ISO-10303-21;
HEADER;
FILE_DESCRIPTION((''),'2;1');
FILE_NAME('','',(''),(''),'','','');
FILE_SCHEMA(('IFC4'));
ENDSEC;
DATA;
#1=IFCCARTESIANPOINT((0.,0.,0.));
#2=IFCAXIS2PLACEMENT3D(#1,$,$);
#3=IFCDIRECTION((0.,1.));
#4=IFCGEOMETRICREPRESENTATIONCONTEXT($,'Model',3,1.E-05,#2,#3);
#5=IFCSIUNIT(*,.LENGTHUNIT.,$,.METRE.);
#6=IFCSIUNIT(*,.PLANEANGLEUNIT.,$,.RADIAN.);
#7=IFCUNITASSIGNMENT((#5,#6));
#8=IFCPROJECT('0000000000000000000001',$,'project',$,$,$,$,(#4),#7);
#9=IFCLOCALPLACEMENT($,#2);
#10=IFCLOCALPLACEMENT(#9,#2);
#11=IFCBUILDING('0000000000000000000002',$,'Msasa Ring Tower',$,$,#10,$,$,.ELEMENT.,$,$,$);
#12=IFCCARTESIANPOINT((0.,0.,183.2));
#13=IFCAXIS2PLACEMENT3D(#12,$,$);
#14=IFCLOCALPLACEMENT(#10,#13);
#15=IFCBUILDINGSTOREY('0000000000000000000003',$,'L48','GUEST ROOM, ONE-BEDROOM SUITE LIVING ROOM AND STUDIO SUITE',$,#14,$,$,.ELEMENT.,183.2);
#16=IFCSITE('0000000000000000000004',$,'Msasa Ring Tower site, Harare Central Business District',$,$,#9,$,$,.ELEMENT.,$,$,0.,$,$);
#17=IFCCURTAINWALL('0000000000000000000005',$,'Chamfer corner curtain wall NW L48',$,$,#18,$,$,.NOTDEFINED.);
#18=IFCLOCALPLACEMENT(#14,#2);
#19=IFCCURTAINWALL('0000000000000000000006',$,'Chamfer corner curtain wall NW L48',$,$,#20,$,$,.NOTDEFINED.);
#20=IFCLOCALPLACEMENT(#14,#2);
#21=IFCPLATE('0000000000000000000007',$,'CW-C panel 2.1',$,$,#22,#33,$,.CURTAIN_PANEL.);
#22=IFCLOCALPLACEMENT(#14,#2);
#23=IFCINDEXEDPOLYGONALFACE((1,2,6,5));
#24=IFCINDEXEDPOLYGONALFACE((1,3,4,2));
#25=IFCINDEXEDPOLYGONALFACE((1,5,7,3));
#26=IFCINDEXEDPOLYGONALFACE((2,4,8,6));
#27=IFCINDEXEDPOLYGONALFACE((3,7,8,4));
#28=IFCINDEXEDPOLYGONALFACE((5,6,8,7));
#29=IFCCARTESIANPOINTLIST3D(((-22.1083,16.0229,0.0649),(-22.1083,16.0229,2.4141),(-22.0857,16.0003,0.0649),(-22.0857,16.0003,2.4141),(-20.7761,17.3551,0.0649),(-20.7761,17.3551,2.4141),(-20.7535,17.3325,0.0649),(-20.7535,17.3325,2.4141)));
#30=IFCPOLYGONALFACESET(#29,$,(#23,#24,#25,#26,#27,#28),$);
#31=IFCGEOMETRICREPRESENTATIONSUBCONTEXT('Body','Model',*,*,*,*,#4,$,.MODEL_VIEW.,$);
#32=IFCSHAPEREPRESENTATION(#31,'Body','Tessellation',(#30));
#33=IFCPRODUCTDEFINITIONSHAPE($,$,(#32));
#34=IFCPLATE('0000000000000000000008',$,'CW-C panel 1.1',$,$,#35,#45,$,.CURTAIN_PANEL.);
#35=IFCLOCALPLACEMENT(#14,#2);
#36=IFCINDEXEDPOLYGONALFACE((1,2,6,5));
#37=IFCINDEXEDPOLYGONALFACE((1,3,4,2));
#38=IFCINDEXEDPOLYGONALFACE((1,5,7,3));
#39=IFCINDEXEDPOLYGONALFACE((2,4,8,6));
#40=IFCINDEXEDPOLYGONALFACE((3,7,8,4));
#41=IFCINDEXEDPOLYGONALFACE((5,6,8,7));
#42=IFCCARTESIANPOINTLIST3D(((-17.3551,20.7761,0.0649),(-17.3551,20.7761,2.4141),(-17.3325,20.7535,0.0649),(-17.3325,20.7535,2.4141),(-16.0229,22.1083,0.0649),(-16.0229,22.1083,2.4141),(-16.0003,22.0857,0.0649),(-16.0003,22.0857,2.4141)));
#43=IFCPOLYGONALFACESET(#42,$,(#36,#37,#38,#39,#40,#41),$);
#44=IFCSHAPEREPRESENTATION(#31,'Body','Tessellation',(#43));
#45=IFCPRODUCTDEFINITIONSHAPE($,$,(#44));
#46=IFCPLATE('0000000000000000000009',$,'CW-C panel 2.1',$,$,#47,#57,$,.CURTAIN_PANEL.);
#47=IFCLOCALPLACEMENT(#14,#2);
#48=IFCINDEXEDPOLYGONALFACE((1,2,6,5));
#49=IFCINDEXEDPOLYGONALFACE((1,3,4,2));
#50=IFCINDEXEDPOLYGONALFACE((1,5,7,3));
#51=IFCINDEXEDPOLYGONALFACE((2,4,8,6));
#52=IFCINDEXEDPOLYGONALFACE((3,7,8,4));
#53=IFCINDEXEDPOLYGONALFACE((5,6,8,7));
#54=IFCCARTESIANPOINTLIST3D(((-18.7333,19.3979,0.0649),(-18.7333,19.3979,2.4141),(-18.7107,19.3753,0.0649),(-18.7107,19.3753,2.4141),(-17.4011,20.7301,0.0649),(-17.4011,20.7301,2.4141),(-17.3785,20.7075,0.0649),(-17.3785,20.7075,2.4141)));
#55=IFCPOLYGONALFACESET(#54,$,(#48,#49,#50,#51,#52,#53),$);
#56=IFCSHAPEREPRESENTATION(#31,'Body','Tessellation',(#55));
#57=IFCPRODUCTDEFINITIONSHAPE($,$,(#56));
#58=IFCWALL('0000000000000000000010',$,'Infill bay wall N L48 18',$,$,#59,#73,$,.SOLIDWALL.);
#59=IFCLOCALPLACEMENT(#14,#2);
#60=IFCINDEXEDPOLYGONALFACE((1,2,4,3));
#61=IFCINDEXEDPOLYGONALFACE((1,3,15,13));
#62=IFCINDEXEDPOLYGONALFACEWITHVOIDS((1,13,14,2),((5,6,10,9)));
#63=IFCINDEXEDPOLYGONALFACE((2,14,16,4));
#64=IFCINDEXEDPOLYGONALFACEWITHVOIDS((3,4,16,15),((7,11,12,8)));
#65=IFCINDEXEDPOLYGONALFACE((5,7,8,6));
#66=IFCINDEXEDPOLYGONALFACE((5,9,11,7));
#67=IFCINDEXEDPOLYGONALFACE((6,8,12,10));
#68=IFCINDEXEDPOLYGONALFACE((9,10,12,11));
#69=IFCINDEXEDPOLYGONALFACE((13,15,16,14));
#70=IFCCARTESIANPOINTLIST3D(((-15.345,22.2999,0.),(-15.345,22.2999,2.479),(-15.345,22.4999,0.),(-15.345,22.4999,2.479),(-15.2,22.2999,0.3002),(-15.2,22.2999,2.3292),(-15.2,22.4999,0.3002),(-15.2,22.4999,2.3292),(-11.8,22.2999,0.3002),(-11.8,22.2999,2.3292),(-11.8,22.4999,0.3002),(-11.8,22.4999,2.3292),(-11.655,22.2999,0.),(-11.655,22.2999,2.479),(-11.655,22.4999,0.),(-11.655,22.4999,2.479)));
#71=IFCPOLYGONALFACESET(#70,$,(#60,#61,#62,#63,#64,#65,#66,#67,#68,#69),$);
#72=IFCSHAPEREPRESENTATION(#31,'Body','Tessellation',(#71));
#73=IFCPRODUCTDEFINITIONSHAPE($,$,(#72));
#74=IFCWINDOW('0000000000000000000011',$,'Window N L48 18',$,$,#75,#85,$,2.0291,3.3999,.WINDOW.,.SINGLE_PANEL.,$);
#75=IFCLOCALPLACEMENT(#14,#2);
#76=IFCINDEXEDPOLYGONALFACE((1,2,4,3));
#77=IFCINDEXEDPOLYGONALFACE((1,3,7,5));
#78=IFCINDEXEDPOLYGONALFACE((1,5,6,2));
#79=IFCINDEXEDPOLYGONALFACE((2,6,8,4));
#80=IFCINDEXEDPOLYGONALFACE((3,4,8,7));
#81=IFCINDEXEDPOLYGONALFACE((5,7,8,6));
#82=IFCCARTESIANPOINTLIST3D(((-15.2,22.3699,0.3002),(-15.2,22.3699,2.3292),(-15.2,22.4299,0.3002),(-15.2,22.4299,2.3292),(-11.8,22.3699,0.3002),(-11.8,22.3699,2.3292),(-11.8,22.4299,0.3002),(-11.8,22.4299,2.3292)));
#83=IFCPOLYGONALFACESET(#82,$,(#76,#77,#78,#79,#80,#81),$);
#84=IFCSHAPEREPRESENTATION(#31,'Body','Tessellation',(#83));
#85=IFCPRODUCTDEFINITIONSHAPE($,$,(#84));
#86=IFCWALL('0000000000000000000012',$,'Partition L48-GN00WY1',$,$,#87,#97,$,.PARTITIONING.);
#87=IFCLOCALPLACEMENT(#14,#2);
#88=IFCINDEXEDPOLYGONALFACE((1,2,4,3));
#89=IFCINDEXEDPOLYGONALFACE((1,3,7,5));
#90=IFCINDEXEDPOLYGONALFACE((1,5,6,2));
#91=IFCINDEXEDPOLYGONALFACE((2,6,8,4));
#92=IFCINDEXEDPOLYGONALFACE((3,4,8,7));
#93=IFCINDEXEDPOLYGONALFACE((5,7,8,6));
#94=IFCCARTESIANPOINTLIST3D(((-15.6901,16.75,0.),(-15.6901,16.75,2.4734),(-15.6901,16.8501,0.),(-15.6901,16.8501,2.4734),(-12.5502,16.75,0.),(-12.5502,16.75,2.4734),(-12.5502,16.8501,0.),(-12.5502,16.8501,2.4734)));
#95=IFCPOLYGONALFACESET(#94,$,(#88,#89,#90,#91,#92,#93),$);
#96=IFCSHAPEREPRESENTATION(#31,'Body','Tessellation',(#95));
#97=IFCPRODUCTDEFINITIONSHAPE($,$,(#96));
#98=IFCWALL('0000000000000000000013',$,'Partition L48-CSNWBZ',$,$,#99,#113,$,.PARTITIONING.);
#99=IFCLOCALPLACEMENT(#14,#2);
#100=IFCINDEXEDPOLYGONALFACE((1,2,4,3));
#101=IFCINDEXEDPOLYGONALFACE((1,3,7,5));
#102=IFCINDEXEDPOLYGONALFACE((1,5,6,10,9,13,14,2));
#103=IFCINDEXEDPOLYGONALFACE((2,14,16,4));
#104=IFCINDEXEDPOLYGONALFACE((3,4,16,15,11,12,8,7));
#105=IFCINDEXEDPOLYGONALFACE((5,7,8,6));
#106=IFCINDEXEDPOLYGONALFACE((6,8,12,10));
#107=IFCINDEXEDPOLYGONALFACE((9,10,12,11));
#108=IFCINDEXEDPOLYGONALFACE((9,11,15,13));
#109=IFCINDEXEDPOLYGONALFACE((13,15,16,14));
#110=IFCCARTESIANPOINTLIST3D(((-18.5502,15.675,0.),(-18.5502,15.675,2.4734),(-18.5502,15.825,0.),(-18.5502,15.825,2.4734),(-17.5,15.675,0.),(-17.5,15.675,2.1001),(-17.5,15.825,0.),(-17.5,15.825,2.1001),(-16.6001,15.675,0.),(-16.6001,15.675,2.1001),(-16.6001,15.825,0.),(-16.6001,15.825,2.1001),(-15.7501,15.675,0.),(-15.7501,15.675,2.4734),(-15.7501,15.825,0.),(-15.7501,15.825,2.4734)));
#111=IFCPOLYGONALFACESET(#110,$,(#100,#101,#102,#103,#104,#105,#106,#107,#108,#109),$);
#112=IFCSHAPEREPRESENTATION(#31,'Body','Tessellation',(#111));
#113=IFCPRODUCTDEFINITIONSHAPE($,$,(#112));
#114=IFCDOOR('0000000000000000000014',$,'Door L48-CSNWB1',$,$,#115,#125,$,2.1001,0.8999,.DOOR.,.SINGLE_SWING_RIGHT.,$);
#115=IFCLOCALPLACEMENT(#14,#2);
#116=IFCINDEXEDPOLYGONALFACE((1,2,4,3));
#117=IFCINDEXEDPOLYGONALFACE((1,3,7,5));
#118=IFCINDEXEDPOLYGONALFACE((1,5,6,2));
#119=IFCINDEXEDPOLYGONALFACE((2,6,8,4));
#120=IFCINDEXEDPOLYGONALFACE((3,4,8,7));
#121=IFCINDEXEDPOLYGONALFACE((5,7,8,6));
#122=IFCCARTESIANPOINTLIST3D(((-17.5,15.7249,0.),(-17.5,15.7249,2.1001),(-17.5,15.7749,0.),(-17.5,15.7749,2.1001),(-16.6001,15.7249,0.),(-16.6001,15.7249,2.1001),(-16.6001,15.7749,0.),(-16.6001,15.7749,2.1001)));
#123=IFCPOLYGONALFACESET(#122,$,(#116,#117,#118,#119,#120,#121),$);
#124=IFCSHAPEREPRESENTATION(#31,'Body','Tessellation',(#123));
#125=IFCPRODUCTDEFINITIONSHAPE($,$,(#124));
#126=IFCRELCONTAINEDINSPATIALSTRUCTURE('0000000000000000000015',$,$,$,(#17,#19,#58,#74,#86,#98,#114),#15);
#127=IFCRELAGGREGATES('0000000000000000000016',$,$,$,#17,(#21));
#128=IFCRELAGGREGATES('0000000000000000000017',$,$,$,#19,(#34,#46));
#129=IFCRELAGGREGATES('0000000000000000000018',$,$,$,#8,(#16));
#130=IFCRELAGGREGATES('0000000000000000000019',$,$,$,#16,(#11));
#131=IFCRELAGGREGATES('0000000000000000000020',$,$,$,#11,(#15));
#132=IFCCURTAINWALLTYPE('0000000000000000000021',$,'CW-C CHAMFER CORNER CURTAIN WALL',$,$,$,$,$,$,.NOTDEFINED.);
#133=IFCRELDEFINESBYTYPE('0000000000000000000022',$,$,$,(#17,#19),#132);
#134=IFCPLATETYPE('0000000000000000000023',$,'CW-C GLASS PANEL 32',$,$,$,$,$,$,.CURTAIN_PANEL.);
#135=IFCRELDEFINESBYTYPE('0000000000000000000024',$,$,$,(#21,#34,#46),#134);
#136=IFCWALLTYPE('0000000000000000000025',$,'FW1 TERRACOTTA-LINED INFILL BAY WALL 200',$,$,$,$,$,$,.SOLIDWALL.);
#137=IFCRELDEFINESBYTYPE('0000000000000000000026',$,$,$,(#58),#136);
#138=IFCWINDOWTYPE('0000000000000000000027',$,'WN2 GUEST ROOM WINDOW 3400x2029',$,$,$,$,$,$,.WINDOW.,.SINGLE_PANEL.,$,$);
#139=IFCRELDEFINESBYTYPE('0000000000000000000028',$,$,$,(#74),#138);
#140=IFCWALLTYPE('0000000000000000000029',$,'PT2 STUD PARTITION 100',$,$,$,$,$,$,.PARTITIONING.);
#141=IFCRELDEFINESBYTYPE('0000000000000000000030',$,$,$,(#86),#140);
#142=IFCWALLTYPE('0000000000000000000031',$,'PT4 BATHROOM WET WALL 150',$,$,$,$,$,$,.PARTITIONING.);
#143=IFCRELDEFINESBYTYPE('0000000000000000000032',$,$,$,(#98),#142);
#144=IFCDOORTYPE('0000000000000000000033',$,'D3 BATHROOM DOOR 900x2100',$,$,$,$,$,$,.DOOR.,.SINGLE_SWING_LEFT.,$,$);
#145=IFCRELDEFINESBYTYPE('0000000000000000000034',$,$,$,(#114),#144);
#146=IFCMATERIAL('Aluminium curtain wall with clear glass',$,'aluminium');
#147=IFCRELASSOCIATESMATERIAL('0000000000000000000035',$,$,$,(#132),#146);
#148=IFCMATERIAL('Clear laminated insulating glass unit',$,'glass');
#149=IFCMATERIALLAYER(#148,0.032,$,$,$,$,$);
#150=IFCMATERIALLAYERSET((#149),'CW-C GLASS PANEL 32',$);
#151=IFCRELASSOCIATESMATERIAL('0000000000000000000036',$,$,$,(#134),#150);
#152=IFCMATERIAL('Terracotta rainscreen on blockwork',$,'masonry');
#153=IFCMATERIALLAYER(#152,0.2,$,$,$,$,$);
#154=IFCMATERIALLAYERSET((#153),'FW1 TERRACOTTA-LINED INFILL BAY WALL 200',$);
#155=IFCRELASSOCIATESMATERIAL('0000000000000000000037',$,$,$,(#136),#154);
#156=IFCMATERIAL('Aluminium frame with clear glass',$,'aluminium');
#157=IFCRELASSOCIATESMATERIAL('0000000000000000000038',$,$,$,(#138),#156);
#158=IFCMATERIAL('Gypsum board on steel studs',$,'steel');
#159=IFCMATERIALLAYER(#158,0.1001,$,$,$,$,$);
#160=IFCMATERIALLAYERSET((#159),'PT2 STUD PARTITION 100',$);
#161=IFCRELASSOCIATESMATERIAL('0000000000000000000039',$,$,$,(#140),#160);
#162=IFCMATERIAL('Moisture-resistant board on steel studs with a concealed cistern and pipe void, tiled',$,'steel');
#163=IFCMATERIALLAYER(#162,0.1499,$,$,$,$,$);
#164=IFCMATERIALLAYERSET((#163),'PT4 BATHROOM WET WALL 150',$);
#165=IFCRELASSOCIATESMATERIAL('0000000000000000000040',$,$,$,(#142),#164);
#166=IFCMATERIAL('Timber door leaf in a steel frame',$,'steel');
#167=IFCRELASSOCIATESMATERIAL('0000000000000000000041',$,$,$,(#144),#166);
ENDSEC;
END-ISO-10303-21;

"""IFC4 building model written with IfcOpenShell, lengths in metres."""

from ifc_helpers import new_model, si_unit, direction, frame, frame_2d, origin, origin_2d, place, context, subcontext, project, spatial, rectangle, extrude, material, layer, layer_set, type_object, element, fill, aggregate, save


model = new_model("IFC4")

# Units and contexts
model_context = context("Model", 3, precision=1e-05, world=origin(), true_north=direction((0.0, 1.0)))
body_context = subcontext(model_context, "Body", "Model", "MODEL_VIEW")
ifc_project = project(units=[si_unit("LENGTHUNIT", "METRE"), si_unit("PLANEANGLEUNIT", "RADIAN")], contexts=[model_context])

# Site, building, storey
site_placement = place(None, origin())
site = spatial("IfcSite", under=ifc_project, at=site_placement, Name="Msasa Ring Tower site, Harare Central Business District", CompositionType="ELEMENT", RefElevation=0.0)
building_placement = place(site_placement, origin())
building = spatial("IfcBuilding", under=site, at=building_placement, Name="Msasa Ring Tower", CompositionType="ELEMENT")
storey_placement = place(building_placement, frame((0.0, 0.0, 183.2)))
storey = spatial("IfcBuildingStorey", under=building, at=storey_placement, Name="L48", Description="GUEST ROOM, ONE-BEDROOM SUITE LIVING ROOM AND STUDIO SUITE", CompositionType="ELEMENT", Elevation=183.2)

# Curtain walls
ifc_material_1 = material(Name="Aluminium curtain wall with clear glass", Category="aluminium")
curtain_wall_type = type_object("IfcCurtainWallType", Name="CW-C CHAMFER CORNER CURTAIN WALL", PredefinedType="NOTDEFINED", material=ifc_material_1)
curtain_wall_1_placement = place(storey_placement, origin())
curtain_wall_1 = element("IfcCurtainWall", 1, at=curtain_wall_1_placement, inside=storey, type_object=curtain_wall_type, Name="Chamfer corner curtain wall NW L48", PredefinedType="NOTDEFINED")
curtain_wall_2_placement = place(storey_placement, origin())
curtain_wall_2 = element("IfcCurtainWall", 2, at=curtain_wall_2_placement, inside=storey, type_object=curtain_wall_type, Name="Chamfer corner curtain wall NW L48", PredefinedType="NOTDEFINED")

# Plates
ifc_material_2 = material(Name="Clear laminated insulating glass unit", Category="glass")
ifc_layer_1 = layer(ifc_material_2, 0.032)
ifc_layer_set_1 = layer_set([ifc_layer_1], Name="CW-C GLASS PANEL 32")
plate_type = type_object("IfcPlateType", Name="CW-C GLASS PANEL 32", PredefinedType="CURTAIN_PANEL", material=ifc_layer_set_1)
plate_1_placement = place(storey_placement, frame((-21.4309, 16.6777, 0.0649), z_axis=(0.0, 0.0, 1.0), x_axis=(-0.707107, -0.707107, 0.0)))
plate_1 = element("IfcPlate", 3, at=plate_1_placement, type_object=plate_type, Name="CW-C panel 2.1", PredefinedType="CURTAIN_PANEL", context=body_context, shape_type="SweptSolid", body=[
    extrude(rectangle(XDim=1.884, YDim=0.032, at=origin_2d()), origin(), (0.0, 0.0, 1.0), 2.3491),
])
aggregate(curtain_wall_1, [plate_1])
plate_2_placement = place(storey_placement, frame((-16.6777, 21.4309, 0.0649), z_axis=(0.0, 0.0, 1.0), x_axis=(-0.707107, -0.707107, 0.0)))
plate_2 = element("IfcPlate", 4, at=plate_2_placement, type_object=plate_type, Name="CW-C panel 1.1", PredefinedType="CURTAIN_PANEL", context=body_context, shape_type="SweptSolid", body=[
    extrude(rectangle(XDim=1.884, YDim=0.032, at=origin_2d()), origin(), (0.0, 0.0, 1.0), 2.3491),
])
plate_3_placement = place(storey_placement, frame((-18.0559, 20.0527, 0.0649), z_axis=(0.0, 0.0, 1.0), x_axis=(-0.707107, -0.707107, 0.0)))
plate_3 = element("IfcPlate", 5, at=plate_3_placement, type_object=plate_type, Name="CW-C panel 2.1", PredefinedType="CURTAIN_PANEL", context=body_context, shape_type="SweptSolid", body=[
    extrude(rectangle(XDim=1.884, YDim=0.032, at=origin_2d()), origin(), (0.0, 0.0, 1.0), 2.3491),
])
aggregate(curtain_wall_2, [plate_2, plate_3])

# Wall, opening, window
ifc_material_3 = material(Name="Terracotta rainscreen on blockwork", Category="masonry")
ifc_layer_2 = layer(ifc_material_3, 0.2)
ifc_layer_set_2 = layer_set([ifc_layer_2], Name="FW1 TERRACOTTA-LINED INFILL BAY WALL 200")
wall_type_1 = type_object("IfcWallType", Name="FW1 TERRACOTTA-LINED INFILL BAY WALL 200", PredefinedType="SOLIDWALL", material=ifc_layer_set_2)
wall_1_placement = place(storey_placement, frame((-15.345, 22.3999, 0.0), z_axis=(0.0, 0.0, 1.0), x_axis=(1.0, 0.0, 0.0)))
wall_1 = element("IfcWall", 6, at=wall_1_placement, inside=storey, type_object=wall_type_1, Name="Infill bay wall N L48 18", PredefinedType="SOLIDWALL", context=body_context, shape_type="SweptSolid", body=[
    extrude(rectangle(XDim=3.6899, YDim=0.2, at=frame_2d((1.845, 0.0))), origin(), (0.0, 0.0, 1.0), 2.479),
])
opening_1_placement = place(wall_1_placement, frame((0.145, 0.0, 0.3)))
opening_1 = element("IfcOpeningElement", 7, at=opening_1_placement, cuts=wall_1, PredefinedType="OPENING", context=body_context, shape_type="SweptSolid", body=[
    extrude(rectangle(XDim=3.3999, YDim=2.0291, at=frame_2d((1.7, 1.0146))), frame((0.0, 0.1099, 0.0), z_axis=(0.0, -1.0, 0.0), x_axis=(1.0, 0.0, 0.0)), (0.0, 0.0, 1.0), 0.22),
])
ifc_material_4 = material(Name="Aluminium frame with clear glass", Category="aluminium")
window_type = type_object("IfcWindowType", Name="WN2 GUEST ROOM WINDOW 3400x2029", PartitioningType="SINGLE_PANEL", PredefinedType="WINDOW", material=ifc_material_4)
window_placement = place(opening_1_placement, origin())
window = element("IfcWindow", 8, at=window_placement, inside=storey, type_object=window_type, Name="Window N L48 18", OverallHeight=2.0291, OverallWidth=3.3999, PartitioningType="SINGLE_PANEL", PredefinedType="WINDOW", context=body_context, shape_type="SweptSolid", body=[
    extrude(rectangle(XDim=3.3999, YDim=2.0291, at=frame_2d((1.7, 1.0146))), frame((0.0, 0.03, 0.0), z_axis=(0.0, -1.0, 0.0), x_axis=(1.0, 0.0, 0.0)), (0.0, 0.0, 1.0), 0.0601),
])
fill(opening_1, window)

# Wall
ifc_material_5 = material(Name="Gypsum board on steel studs", Category="steel")
ifc_layer_3 = layer(ifc_material_5, 0.1001)
ifc_layer_set_3 = layer_set([ifc_layer_3], Name="PT2 STUD PARTITION 100")
wall_type_2 = type_object("IfcWallType", Name="PT2 STUD PARTITION 100", PredefinedType="PARTITIONING", material=ifc_layer_set_3)
wall_2_placement = place(storey_placement, frame((-15.6899, 16.8, 0.0), z_axis=(0.0, 0.0, 1.0), x_axis=(1.0, 0.0, 0.0)))
element("IfcWall", 9, at=wall_2_placement, inside=storey, type_object=wall_type_2, Name="Partition L48-GN00WY1", PredefinedType="PARTITIONING", context=body_context, shape_type="SweptSolid", body=[
    extrude(rectangle(XDim=3.1399, YDim=0.1001, at=frame_2d((1.5698, 0.0))), origin(), (0.0, 0.0, 1.0), 2.4734),
])

# Wall, opening, door
ifc_material_6 = material(Name="Moisture-resistant board on steel studs with a concealed cistern and pipe void, tiled", Category="steel")
ifc_layer_4 = layer(ifc_material_6, 0.1499)
ifc_layer_set_4 = layer_set([ifc_layer_4], Name="PT4 BATHROOM WET WALL 150")
wall_type_3 = type_object("IfcWallType", Name="PT4 BATHROOM WET WALL 150", PredefinedType="PARTITIONING", material=ifc_layer_set_4)
wall_3_placement = place(storey_placement, frame((-18.55, 15.75, 0.0), z_axis=(0.0, 0.0, 1.0), x_axis=(1.0, 0.0, 0.0)))
wall_3 = element("IfcWall", 10, at=wall_3_placement, inside=storey, type_object=wall_type_3, Name="Partition L48-CSNWBZ", PredefinedType="PARTITIONING", context=body_context, shape_type="SweptSolid", body=[
    extrude(rectangle(XDim=2.8, YDim=0.1499, at=frame_2d((1.3999, 0.0))), origin(), (0.0, 0.0, 1.0), 2.4734),
])
opening_2_placement = place(wall_3_placement, frame((1.05, 0.0, 0.0)))
opening_2 = element("IfcOpeningElement", 11, at=opening_2_placement, cuts=wall_3, PredefinedType="OPENING", context=body_context, shape_type="SweptSolid", body=[
    extrude(rectangle(XDim=0.8999, YDim=2.1001, at=frame_2d((0.45, 1.05))), frame((0.0, 0.085, 0.0), z_axis=(0.0, -1.0, 0.0), x_axis=(1.0, 0.0, 0.0)), (0.0, 0.0, 1.0), 0.1699),
])
ifc_material_7 = material(Name="Timber door leaf in a steel frame", Category="steel")
door_type = type_object("IfcDoorType", Name="D3 BATHROOM DOOR 900x2100", OperationType="SINGLE_SWING_LEFT", PredefinedType="DOOR", material=ifc_material_7)
door_placement = place(opening_2_placement, origin())
door = element("IfcDoor", 12, at=door_placement, inside=storey, type_object=door_type, Name="Door L48-CSNWB1", OperationType="SINGLE_SWING_RIGHT", OverallHeight=2.1001, OverallWidth=0.8999, PredefinedType="DOOR", context=body_context, shape_type="SweptSolid", body=[
    extrude(rectangle(XDim=0.8999, YDim=2.1001, at=frame_2d((0.45, 1.05))), frame((0.0, 0.0249, 0.0), z_axis=(0.0, -1.0, 0.0), x_axis=(1.0, 0.0, 0.0)), (0.0, 0.0, 1.0), 0.05),
])
fill(opening_2, door)

save(model, "model.ifc")
